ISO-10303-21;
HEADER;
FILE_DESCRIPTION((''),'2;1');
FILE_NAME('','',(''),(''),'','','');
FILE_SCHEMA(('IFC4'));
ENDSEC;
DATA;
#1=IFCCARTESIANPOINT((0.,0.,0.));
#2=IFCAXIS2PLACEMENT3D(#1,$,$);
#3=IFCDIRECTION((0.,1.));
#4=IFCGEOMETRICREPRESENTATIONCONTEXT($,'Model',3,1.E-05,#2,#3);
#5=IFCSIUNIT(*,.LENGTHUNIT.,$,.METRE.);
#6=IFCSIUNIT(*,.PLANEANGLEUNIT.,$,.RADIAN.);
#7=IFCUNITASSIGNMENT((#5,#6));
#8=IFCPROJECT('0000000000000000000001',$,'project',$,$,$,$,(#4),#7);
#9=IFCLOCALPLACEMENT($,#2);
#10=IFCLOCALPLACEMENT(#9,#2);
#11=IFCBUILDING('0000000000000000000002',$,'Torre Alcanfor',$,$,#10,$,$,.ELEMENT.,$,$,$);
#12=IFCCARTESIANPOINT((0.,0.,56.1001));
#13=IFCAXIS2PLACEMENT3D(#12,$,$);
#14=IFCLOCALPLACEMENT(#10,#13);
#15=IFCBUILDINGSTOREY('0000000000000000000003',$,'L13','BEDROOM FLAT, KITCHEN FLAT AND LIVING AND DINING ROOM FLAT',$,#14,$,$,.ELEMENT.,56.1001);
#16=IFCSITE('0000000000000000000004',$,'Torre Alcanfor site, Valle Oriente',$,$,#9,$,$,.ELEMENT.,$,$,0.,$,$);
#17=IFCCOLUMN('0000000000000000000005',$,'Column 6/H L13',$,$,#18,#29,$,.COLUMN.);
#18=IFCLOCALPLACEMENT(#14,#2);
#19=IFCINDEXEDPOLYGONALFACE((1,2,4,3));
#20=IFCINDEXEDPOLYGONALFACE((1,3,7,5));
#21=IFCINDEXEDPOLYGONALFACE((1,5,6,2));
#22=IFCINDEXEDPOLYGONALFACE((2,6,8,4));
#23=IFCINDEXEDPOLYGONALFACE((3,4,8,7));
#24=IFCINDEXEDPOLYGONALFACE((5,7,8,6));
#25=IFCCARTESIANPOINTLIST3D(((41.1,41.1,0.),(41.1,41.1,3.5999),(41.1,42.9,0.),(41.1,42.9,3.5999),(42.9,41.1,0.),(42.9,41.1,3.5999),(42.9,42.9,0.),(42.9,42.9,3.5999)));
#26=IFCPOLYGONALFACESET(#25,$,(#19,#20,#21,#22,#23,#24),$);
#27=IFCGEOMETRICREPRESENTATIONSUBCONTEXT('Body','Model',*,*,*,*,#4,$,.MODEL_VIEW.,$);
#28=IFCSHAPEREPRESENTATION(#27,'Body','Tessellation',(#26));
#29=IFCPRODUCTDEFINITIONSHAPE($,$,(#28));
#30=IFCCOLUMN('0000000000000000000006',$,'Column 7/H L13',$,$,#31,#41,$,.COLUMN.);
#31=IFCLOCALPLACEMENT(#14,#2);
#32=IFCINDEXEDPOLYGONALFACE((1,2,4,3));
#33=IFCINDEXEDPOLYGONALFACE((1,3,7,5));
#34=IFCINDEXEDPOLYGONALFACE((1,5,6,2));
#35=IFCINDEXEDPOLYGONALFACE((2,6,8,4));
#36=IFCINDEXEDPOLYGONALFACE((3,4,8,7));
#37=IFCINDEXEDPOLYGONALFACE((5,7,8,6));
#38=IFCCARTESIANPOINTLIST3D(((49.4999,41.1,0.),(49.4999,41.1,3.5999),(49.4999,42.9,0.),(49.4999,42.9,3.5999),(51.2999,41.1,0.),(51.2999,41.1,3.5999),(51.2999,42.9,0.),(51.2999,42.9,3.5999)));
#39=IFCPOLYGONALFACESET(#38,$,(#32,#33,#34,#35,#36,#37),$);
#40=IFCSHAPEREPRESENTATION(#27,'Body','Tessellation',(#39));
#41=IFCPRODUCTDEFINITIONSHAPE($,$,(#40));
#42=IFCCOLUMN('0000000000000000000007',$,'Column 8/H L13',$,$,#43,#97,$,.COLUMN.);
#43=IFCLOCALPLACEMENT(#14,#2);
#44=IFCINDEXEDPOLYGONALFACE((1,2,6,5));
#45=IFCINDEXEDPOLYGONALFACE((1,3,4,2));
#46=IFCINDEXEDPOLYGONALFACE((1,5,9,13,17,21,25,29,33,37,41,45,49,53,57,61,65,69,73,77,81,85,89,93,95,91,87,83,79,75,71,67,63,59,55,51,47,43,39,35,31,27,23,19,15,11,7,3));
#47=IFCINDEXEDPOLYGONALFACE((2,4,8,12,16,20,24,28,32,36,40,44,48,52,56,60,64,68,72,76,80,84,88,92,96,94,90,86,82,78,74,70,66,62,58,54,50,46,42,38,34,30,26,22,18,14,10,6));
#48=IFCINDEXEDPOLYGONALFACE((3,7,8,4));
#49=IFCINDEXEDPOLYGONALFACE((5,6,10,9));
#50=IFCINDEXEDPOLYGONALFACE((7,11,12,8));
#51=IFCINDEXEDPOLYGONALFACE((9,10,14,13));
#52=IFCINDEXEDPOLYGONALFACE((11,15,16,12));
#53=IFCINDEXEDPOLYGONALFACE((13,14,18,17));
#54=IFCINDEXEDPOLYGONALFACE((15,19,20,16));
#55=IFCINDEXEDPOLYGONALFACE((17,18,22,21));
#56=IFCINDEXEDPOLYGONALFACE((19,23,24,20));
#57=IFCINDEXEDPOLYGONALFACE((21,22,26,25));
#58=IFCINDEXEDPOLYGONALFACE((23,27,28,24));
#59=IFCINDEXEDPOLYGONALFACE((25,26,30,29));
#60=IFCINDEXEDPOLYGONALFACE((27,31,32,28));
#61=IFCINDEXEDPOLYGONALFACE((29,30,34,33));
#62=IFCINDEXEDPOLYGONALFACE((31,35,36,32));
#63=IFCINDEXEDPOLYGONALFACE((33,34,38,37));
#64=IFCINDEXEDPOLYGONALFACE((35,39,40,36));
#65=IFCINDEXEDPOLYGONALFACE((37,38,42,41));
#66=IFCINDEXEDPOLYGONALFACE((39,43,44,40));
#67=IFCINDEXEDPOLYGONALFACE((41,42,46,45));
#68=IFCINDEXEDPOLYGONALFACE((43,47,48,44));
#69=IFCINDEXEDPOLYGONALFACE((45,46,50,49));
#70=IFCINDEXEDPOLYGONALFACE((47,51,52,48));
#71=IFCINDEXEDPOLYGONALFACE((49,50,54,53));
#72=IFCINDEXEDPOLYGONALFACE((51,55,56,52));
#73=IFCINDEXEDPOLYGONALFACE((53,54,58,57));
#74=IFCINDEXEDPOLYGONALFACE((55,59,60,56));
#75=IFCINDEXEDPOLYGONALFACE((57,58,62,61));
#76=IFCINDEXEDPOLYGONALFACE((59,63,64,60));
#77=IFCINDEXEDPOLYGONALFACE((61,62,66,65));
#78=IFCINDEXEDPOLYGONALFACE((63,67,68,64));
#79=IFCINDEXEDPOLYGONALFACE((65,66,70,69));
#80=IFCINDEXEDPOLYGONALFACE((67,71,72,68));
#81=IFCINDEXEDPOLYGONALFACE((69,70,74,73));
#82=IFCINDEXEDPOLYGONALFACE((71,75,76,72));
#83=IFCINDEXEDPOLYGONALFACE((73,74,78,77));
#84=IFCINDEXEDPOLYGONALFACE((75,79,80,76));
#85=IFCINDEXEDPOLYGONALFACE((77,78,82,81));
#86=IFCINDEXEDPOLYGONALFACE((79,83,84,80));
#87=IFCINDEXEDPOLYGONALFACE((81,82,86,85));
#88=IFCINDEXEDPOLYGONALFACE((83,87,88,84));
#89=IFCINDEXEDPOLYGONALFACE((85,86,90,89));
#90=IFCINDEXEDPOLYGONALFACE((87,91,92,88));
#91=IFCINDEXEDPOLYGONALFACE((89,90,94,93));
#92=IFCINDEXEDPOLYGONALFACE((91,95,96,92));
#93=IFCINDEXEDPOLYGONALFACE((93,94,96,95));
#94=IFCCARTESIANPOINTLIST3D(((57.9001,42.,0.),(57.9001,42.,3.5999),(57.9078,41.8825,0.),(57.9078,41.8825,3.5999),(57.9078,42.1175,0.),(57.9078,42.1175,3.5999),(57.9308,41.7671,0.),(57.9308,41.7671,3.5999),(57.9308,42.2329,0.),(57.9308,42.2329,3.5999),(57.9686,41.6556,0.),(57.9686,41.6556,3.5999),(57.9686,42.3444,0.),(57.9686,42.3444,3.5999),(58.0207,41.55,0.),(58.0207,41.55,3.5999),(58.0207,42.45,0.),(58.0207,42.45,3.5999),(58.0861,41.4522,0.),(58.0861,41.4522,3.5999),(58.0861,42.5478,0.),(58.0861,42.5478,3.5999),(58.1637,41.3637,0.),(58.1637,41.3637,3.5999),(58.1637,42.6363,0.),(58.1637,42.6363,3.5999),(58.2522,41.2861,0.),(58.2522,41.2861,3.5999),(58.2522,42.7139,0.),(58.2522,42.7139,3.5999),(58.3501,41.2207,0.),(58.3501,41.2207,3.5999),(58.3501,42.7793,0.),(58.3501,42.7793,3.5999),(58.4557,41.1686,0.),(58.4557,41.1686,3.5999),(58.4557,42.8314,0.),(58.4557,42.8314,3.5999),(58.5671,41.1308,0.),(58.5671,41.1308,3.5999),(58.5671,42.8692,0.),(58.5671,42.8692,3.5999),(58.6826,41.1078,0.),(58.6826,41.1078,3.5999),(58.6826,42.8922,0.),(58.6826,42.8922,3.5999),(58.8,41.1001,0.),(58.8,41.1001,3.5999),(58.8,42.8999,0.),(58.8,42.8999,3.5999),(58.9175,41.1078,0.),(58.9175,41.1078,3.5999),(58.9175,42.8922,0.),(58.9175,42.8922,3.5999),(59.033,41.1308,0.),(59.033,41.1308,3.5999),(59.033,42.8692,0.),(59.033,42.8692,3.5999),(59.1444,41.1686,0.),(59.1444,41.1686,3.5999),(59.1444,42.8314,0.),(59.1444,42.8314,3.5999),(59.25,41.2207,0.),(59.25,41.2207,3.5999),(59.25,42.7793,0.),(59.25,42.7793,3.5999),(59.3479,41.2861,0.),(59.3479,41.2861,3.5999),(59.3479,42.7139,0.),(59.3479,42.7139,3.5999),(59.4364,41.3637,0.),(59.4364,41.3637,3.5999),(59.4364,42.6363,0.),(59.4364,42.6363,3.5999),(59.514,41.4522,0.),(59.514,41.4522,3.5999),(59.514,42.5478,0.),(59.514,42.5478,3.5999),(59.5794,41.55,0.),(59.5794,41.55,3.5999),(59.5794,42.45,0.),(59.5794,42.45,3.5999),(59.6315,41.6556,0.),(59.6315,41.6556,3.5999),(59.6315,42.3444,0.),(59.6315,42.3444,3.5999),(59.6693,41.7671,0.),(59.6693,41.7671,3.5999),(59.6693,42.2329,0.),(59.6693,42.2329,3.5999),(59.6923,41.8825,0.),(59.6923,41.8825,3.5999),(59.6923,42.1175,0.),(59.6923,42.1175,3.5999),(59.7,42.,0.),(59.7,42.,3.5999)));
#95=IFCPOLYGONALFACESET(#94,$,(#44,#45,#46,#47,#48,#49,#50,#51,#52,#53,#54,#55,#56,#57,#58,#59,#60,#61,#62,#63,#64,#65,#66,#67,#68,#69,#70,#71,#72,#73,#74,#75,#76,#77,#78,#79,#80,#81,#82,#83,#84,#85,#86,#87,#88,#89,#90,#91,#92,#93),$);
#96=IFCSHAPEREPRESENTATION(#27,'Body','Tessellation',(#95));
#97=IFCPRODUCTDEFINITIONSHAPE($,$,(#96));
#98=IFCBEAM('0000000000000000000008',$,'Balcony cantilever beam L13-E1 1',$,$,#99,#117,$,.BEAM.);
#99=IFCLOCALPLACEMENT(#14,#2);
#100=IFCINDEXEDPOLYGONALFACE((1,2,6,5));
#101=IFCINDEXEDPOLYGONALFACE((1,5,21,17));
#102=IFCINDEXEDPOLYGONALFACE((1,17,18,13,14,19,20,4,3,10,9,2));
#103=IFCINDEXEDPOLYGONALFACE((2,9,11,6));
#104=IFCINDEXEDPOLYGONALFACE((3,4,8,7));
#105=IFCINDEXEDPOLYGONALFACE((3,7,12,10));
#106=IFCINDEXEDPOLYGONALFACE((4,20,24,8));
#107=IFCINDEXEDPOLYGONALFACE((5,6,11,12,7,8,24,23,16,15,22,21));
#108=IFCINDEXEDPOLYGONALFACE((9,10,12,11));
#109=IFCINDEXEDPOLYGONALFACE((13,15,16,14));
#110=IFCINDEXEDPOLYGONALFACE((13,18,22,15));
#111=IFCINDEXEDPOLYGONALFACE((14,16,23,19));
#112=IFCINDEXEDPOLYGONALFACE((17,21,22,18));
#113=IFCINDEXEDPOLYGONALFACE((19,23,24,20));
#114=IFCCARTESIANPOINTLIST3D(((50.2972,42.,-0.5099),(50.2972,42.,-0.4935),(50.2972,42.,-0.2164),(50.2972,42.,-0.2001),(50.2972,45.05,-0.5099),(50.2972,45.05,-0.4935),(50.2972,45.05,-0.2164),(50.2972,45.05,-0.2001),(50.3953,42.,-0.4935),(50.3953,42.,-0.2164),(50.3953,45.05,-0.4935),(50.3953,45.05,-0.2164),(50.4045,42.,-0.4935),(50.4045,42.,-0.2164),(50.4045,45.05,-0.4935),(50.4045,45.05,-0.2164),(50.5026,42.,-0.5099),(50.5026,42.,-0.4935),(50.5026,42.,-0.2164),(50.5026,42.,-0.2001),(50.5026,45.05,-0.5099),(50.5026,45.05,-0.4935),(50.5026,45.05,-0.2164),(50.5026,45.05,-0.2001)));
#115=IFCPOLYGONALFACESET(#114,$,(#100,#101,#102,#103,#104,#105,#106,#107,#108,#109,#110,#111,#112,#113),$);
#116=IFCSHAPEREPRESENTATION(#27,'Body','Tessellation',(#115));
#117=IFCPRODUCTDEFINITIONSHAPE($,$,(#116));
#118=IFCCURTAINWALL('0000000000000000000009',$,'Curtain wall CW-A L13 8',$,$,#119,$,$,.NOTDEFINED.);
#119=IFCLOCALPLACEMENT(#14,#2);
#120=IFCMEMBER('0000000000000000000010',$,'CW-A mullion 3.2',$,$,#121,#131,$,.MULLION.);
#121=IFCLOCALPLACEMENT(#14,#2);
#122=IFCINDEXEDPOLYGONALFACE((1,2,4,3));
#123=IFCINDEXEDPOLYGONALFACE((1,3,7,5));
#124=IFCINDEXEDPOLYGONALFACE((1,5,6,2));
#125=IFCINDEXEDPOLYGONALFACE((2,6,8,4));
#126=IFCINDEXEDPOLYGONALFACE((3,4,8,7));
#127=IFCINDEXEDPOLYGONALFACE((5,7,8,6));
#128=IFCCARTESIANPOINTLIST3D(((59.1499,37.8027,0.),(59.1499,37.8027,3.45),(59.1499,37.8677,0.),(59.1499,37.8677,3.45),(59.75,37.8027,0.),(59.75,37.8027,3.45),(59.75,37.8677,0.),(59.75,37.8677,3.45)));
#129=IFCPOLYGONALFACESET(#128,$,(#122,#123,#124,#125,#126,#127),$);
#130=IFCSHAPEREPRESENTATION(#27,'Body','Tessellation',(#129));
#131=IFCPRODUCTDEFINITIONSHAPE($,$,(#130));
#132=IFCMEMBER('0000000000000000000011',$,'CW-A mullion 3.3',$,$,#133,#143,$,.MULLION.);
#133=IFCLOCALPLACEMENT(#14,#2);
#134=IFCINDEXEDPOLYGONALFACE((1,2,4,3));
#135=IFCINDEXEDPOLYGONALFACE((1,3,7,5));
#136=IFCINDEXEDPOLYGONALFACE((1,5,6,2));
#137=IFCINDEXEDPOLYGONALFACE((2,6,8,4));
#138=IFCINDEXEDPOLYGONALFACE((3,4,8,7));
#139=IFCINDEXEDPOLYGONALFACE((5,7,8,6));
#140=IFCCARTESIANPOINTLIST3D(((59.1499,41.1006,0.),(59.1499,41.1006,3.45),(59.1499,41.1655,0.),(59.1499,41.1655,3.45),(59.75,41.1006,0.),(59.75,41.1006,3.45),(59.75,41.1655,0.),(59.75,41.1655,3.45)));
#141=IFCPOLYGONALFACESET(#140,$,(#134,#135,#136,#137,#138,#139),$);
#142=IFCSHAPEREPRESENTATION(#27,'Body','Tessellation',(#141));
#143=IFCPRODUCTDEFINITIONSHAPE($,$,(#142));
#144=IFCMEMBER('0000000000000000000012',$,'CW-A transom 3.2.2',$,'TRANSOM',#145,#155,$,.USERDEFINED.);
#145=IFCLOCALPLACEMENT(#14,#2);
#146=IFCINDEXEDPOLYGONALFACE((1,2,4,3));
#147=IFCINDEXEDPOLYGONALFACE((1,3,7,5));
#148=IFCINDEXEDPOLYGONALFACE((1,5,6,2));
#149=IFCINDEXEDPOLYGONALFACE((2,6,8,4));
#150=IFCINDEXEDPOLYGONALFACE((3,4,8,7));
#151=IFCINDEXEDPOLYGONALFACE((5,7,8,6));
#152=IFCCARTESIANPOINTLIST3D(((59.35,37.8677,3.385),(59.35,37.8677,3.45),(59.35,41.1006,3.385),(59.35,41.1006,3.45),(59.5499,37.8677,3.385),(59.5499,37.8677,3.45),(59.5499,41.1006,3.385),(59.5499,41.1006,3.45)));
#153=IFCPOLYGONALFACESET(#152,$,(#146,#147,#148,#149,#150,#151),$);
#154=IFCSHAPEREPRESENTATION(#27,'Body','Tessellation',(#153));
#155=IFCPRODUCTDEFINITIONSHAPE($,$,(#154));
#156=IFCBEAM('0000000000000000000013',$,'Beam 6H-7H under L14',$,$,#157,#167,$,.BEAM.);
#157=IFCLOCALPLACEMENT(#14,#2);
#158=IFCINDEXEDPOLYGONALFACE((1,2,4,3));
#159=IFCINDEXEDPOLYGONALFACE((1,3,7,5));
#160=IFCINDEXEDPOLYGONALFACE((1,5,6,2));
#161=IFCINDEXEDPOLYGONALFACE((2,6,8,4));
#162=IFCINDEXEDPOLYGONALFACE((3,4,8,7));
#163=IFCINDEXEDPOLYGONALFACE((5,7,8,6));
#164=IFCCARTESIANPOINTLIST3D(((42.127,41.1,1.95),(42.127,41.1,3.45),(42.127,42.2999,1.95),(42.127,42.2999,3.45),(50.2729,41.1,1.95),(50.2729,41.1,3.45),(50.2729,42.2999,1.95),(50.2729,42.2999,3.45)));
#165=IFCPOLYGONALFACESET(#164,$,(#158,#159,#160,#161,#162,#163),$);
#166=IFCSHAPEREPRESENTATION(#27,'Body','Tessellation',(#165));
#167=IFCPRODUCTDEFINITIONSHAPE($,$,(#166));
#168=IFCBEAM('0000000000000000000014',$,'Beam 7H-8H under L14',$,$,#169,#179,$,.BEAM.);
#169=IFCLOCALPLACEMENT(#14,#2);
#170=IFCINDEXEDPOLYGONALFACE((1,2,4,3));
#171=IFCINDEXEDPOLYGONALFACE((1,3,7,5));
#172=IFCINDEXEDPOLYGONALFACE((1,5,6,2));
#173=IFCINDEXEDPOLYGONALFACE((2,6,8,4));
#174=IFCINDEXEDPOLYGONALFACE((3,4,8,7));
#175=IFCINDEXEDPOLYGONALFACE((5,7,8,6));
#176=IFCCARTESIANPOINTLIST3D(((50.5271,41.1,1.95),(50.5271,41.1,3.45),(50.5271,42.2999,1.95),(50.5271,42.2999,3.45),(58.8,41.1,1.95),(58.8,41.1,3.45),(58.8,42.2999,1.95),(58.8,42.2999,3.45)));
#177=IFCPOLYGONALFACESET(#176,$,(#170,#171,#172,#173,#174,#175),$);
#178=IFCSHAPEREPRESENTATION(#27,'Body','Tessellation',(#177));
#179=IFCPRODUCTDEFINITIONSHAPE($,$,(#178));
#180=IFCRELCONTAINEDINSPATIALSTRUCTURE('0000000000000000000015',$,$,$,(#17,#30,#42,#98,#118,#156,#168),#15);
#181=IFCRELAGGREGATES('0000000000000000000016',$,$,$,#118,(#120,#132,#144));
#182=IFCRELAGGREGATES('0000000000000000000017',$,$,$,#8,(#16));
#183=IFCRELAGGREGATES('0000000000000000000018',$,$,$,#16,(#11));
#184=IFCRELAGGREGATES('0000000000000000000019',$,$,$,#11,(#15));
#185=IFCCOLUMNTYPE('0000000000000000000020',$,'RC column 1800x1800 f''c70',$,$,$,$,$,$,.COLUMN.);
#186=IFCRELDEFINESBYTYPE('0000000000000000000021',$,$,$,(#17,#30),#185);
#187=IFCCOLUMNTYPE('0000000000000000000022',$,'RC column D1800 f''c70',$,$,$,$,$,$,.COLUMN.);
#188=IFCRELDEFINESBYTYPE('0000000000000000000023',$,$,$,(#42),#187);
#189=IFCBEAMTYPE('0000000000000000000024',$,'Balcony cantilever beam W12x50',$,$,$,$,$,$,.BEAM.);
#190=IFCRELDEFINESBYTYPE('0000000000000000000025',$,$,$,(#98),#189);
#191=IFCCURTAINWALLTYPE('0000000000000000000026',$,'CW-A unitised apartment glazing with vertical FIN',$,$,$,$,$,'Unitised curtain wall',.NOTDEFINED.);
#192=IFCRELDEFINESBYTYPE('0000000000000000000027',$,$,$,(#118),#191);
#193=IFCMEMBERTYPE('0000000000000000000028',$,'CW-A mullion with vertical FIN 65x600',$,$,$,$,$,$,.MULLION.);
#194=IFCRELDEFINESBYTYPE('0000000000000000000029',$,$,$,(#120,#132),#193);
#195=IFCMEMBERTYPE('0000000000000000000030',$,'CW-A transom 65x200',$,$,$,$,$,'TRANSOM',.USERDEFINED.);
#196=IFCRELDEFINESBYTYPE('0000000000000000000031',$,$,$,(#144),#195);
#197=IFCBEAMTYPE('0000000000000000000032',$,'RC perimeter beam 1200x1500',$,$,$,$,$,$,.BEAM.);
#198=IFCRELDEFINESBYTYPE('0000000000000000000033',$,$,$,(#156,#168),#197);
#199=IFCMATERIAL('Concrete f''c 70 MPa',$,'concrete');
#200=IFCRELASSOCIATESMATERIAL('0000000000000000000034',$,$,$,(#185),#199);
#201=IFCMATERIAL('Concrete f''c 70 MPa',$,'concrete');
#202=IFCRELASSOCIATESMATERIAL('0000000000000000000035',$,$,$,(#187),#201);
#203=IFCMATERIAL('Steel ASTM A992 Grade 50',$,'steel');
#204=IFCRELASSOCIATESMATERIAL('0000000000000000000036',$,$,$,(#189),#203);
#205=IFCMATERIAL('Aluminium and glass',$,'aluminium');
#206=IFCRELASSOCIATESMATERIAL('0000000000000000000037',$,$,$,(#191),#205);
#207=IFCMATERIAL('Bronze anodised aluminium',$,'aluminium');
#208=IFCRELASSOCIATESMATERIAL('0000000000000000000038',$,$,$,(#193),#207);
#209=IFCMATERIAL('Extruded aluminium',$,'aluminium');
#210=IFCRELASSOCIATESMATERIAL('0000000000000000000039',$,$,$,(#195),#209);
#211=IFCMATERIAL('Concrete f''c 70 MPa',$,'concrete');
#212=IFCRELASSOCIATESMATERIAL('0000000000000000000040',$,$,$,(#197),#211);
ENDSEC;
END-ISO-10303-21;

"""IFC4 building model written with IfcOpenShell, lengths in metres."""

from ifc_helpers import new_model, si_unit, direction, frame, origin, origin_2d, place, context, subcontext, project, spatial, rectangle, circle, i_section, extrude, material, material_profile, profile_set, type_object, element, aggregate, save


model = new_model("IFC4")

# Units and contexts
model_context = context("Model", 3, precision=1e-05, world=origin(), true_north=direction((0.0, 1.0)))
body_context = subcontext(model_context, "Body", "Model", "MODEL_VIEW")
ifc_project = project(units=[si_unit("LENGTHUNIT", "METRE"), si_unit("PLANEANGLEUNIT", "RADIAN")], contexts=[model_context])

# Site, building, storey
site_placement = place(None, origin())
site = spatial("IfcSite", under=ifc_project, at=site_placement, Name="Torre Alcanfor site, Valle Oriente", CompositionType="ELEMENT", RefElevation=0.0)
building_placement = place(site_placement, origin())
building = spatial("IfcBuilding", under=site, at=building_placement, Name="Torre Alcanfor", CompositionType="ELEMENT")
storey_placement = place(building_placement, frame((0.0, 0.0, 56.1001)))
storey = spatial("IfcBuildingStorey", under=building, at=storey_placement, Name="L13", Description="BEDROOM FLAT, KITCHEN FLAT AND LIVING AND DINING ROOM FLAT", CompositionType="ELEMENT", Elevation=56.1001)

# Columns
ifc_material_1 = material(Name="Concrete f'c 70 MPa", Category="concrete")
ifc_material_profile_1 = material_profile(ifc_material_1, rectangle(XDim=1.8, YDim=1.8, at=origin_2d()), Name="1800x1800")
ifc_profile_set_1 = profile_set([ifc_material_profile_1], Name="Concrete f'c 70 MPa")
column_type_1 = type_object("IfcColumnType", Name="RC column 1800x1800 f'c70", PredefinedType="COLUMN", material=ifc_profile_set_1)
for number, where, z_axis, x_axis, name in (
    (1, (42.0, 42.0, 0.0), (0.0, 0.0, 1.0), (1.0, 0.0, 0.0), "Column 6/H L13"),
    (2, (50.3999, 42.0, 0.0), (0.0, 0.0, 1.0), (1.0, 0.0, 0.0), "Column 7/H L13"),
):
    element("IfcColumn", number, at=place(storey_placement, frame(where, z_axis=z_axis, x_axis=x_axis)), inside=storey, type_object=column_type_1, Name=name, PredefinedType="COLUMN", context=body_context, shape_type="SweptSolid", body=[
        extrude(rectangle(XDim=1.8, YDim=1.8, at=origin_2d()), origin(), (0.0, 0.0, 1.0), 3.5999),
    ])
ifc_material_2 = material(Name="Concrete f'c 70 MPa", Category="concrete")
ifc_material_profile_2 = material_profile(ifc_material_2, circle(Radius=0.8999, at=origin_2d()), Name="D1800")
ifc_profile_set_2 = profile_set([ifc_material_profile_2], Name="Concrete f'c 70 MPa")
column_type_2 = type_object("IfcColumnType", Name="RC column D1800 f'c70", PredefinedType="COLUMN", material=ifc_profile_set_2)
column_placement = place(storey_placement, frame((58.8, 42.0, 0.0), z_axis=(0.0, 0.0, 1.0), x_axis=(1.0, 0.0, 0.0)))
element("IfcColumn", 3, at=column_placement, inside=storey, type_object=column_type_2, Name="Column 8/H L13", PredefinedType="COLUMN", context=body_context, shape_type="SweptSolid", body=[
    extrude(circle(Radius=0.8999, at=origin_2d()), origin(), (0.0, 0.0, 1.0), 3.5999),
])

# Beam
ifc_material_3 = material(Name="Steel ASTM A992 Grade 50", Category="steel")
ifc_material_profile_3 = material_profile(ifc_material_3, i_section(OverallWidth=0.2053, OverallDepth=0.3098, WebThickness=0.0093, FlangeThickness=0.0164, at=origin_2d()), Name="W12x50")
ifc_profile_set_3 = profile_set([ifc_material_profile_3], Name="Steel ASTM A992 Grade 50")
beam_type_1 = type_object("IfcBeamType", Name="Balcony cantilever beam W12x50", PredefinedType="BEAM", material=ifc_profile_set_3)
beam_1_placement = place(storey_placement, frame((50.3999, 42.0, -0.355), z_axis=(0.0, 1.0, 0.0), x_axis=(-1.0, 0.0, 0.0)))
element("IfcBeam", 4, at=beam_1_placement, inside=storey, type_object=beam_type_1, Name="Balcony cantilever beam L13-E1 1", PredefinedType="BEAM", context=body_context, shape_type="SweptSolid", body=[
    extrude(i_section(OverallWidth=0.2053, OverallDepth=0.3098, WebThickness=0.0093, FlangeThickness=0.0164, at=origin_2d()), origin(), (0.0, 0.0, 1.0), 3.05),
])

# Curtain wall, members
ifc_material_4 = material(Name="Aluminium and glass", Category="aluminium")
curtain_wall_type = type_object("IfcCurtainWallType", Name="CW-A unitised apartment glazing with vertical FIN", ElementType="Unitised curtain wall", PredefinedType="NOTDEFINED", material=ifc_material_4)
curtain_wall_placement = place(storey_placement, origin())
curtain_wall = element("IfcCurtainWall", 5, at=curtain_wall_placement, inside=storey, type_object=curtain_wall_type, Name="Curtain wall CW-A L13 8", PredefinedType="NOTDEFINED")
ifc_material_5 = material(Name="Bronze anodised aluminium", Category="aluminium")
ifc_material_profile_4 = material_profile(ifc_material_5, rectangle(XDim=0.6001, YDim=0.0649, at=origin_2d()), Name="CW-A mullion 65x600")
ifc_profile_set_4 = profile_set([ifc_material_profile_4], Name="Bronze anodised aluminium")
member_type_1 = type_object("IfcMemberType", Name="CW-A mullion with vertical FIN 65x600", PredefinedType="MULLION", material=ifc_profile_set_4)
member_1_placement = place(storey_placement, frame((59.45, 37.8352, 0.0), z_axis=(0.0, 0.0, 1.0), x_axis=(-1.0, 0.0, 0.0)))
member_1 = element("IfcMember", 6, at=member_1_placement, type_object=member_type_1, Name="CW-A mullion 3.2", PredefinedType="MULLION", context=body_context, shape_type="SweptSolid", body=[
    extrude(rectangle(XDim=0.6001, YDim=0.0649, at=origin_2d()), origin(), (0.0, 0.0, 1.0), 3.45),
])
member_2_placement = place(storey_placement, frame((59.45, 41.1331, 0.0), z_axis=(0.0, 0.0, 1.0), x_axis=(-1.0, 0.0, 0.0)))
member_2 = element("IfcMember", 7, at=member_2_placement, type_object=member_type_1, Name="CW-A mullion 3.3", PredefinedType="MULLION", context=body_context, shape_type="SweptSolid", body=[
    extrude(rectangle(XDim=0.6001, YDim=0.0649, at=origin_2d()), origin(), (0.0, 0.0, 1.0), 3.45),
])
ifc_material_6 = material(Name="Extruded aluminium", Category="aluminium")
ifc_material_profile_5 = material_profile(ifc_material_6, rectangle(XDim=0.2, YDim=0.0649, at=origin_2d()), Name="CW-A transom 200x65")
ifc_profile_set_5 = profile_set([ifc_material_profile_5], Name="Extruded aluminium")
member_type_2 = type_object("IfcMemberType", Name="CW-A transom 65x200", ElementType="TRANSOM", PredefinedType="USERDEFINED", material=ifc_profile_set_5)
member_3_placement = place(storey_placement, frame((59.45, 37.8677, 3.4175), z_axis=(0.0, 1.0, 0.0), x_axis=(-1.0, 0.0, 0.0)))
member_3 = element("IfcMember", 8, at=member_3_placement, type_object=member_type_2, Name="CW-A transom 3.2.2", ObjectType="TRANSOM", PredefinedType="USERDEFINED", context=body_context, shape_type="SweptSolid", body=[
    extrude(rectangle(XDim=0.2, YDim=0.0649, at=origin_2d()), origin(), (0.0, 0.0, 1.0), 3.2329),
])

# Beams
ifc_material_7 = material(Name="Concrete f'c 70 MPa", Category="concrete")
ifc_material_profile_6 = material_profile(ifc_material_7, rectangle(XDim=1.2, YDim=1.5, at=origin_2d()), Name="1200x1500")
ifc_profile_set_6 = profile_set([ifc_material_profile_6], Name="Concrete f'c 70 MPa")
beam_type_2 = type_object("IfcBeamType", Name="RC perimeter beam 1200x1500", PredefinedType="BEAM", material=ifc_profile_set_6)
beam_2_placement = place(storey_placement, frame((42.127, 41.7, 2.7), z_axis=(1.0, 0.0, 0.0), x_axis=(0.0, 1.0, 0.0)))
element("IfcBeam", 9, at=beam_2_placement, inside=storey, type_object=beam_type_2, Name="Beam 6H-7H under L14", PredefinedType="BEAM", context=body_context, shape_type="SweptSolid", body=[
    extrude(rectangle(XDim=1.2, YDim=1.5, at=origin_2d()), origin(), (0.0, 0.0, 1.0), 8.146),
])
beam_3_placement = place(storey_placement, frame((50.5271, 41.7, 2.7), z_axis=(1.0, 0.0, 0.0), x_axis=(0.0, 1.0, 0.0)))
element("IfcBeam", 10, at=beam_3_placement, inside=storey, type_object=beam_type_2, Name="Beam 7H-8H under L14", PredefinedType="BEAM", context=body_context, shape_type="SweptSolid", body=[
    extrude(rectangle(XDim=1.2, YDim=1.5, at=origin_2d()), origin(), (0.0, 0.0, 1.0), 8.2729),
])

aggregate(curtain_wall, [member_1, member_2, member_3])

save(model, "model.ifc")
